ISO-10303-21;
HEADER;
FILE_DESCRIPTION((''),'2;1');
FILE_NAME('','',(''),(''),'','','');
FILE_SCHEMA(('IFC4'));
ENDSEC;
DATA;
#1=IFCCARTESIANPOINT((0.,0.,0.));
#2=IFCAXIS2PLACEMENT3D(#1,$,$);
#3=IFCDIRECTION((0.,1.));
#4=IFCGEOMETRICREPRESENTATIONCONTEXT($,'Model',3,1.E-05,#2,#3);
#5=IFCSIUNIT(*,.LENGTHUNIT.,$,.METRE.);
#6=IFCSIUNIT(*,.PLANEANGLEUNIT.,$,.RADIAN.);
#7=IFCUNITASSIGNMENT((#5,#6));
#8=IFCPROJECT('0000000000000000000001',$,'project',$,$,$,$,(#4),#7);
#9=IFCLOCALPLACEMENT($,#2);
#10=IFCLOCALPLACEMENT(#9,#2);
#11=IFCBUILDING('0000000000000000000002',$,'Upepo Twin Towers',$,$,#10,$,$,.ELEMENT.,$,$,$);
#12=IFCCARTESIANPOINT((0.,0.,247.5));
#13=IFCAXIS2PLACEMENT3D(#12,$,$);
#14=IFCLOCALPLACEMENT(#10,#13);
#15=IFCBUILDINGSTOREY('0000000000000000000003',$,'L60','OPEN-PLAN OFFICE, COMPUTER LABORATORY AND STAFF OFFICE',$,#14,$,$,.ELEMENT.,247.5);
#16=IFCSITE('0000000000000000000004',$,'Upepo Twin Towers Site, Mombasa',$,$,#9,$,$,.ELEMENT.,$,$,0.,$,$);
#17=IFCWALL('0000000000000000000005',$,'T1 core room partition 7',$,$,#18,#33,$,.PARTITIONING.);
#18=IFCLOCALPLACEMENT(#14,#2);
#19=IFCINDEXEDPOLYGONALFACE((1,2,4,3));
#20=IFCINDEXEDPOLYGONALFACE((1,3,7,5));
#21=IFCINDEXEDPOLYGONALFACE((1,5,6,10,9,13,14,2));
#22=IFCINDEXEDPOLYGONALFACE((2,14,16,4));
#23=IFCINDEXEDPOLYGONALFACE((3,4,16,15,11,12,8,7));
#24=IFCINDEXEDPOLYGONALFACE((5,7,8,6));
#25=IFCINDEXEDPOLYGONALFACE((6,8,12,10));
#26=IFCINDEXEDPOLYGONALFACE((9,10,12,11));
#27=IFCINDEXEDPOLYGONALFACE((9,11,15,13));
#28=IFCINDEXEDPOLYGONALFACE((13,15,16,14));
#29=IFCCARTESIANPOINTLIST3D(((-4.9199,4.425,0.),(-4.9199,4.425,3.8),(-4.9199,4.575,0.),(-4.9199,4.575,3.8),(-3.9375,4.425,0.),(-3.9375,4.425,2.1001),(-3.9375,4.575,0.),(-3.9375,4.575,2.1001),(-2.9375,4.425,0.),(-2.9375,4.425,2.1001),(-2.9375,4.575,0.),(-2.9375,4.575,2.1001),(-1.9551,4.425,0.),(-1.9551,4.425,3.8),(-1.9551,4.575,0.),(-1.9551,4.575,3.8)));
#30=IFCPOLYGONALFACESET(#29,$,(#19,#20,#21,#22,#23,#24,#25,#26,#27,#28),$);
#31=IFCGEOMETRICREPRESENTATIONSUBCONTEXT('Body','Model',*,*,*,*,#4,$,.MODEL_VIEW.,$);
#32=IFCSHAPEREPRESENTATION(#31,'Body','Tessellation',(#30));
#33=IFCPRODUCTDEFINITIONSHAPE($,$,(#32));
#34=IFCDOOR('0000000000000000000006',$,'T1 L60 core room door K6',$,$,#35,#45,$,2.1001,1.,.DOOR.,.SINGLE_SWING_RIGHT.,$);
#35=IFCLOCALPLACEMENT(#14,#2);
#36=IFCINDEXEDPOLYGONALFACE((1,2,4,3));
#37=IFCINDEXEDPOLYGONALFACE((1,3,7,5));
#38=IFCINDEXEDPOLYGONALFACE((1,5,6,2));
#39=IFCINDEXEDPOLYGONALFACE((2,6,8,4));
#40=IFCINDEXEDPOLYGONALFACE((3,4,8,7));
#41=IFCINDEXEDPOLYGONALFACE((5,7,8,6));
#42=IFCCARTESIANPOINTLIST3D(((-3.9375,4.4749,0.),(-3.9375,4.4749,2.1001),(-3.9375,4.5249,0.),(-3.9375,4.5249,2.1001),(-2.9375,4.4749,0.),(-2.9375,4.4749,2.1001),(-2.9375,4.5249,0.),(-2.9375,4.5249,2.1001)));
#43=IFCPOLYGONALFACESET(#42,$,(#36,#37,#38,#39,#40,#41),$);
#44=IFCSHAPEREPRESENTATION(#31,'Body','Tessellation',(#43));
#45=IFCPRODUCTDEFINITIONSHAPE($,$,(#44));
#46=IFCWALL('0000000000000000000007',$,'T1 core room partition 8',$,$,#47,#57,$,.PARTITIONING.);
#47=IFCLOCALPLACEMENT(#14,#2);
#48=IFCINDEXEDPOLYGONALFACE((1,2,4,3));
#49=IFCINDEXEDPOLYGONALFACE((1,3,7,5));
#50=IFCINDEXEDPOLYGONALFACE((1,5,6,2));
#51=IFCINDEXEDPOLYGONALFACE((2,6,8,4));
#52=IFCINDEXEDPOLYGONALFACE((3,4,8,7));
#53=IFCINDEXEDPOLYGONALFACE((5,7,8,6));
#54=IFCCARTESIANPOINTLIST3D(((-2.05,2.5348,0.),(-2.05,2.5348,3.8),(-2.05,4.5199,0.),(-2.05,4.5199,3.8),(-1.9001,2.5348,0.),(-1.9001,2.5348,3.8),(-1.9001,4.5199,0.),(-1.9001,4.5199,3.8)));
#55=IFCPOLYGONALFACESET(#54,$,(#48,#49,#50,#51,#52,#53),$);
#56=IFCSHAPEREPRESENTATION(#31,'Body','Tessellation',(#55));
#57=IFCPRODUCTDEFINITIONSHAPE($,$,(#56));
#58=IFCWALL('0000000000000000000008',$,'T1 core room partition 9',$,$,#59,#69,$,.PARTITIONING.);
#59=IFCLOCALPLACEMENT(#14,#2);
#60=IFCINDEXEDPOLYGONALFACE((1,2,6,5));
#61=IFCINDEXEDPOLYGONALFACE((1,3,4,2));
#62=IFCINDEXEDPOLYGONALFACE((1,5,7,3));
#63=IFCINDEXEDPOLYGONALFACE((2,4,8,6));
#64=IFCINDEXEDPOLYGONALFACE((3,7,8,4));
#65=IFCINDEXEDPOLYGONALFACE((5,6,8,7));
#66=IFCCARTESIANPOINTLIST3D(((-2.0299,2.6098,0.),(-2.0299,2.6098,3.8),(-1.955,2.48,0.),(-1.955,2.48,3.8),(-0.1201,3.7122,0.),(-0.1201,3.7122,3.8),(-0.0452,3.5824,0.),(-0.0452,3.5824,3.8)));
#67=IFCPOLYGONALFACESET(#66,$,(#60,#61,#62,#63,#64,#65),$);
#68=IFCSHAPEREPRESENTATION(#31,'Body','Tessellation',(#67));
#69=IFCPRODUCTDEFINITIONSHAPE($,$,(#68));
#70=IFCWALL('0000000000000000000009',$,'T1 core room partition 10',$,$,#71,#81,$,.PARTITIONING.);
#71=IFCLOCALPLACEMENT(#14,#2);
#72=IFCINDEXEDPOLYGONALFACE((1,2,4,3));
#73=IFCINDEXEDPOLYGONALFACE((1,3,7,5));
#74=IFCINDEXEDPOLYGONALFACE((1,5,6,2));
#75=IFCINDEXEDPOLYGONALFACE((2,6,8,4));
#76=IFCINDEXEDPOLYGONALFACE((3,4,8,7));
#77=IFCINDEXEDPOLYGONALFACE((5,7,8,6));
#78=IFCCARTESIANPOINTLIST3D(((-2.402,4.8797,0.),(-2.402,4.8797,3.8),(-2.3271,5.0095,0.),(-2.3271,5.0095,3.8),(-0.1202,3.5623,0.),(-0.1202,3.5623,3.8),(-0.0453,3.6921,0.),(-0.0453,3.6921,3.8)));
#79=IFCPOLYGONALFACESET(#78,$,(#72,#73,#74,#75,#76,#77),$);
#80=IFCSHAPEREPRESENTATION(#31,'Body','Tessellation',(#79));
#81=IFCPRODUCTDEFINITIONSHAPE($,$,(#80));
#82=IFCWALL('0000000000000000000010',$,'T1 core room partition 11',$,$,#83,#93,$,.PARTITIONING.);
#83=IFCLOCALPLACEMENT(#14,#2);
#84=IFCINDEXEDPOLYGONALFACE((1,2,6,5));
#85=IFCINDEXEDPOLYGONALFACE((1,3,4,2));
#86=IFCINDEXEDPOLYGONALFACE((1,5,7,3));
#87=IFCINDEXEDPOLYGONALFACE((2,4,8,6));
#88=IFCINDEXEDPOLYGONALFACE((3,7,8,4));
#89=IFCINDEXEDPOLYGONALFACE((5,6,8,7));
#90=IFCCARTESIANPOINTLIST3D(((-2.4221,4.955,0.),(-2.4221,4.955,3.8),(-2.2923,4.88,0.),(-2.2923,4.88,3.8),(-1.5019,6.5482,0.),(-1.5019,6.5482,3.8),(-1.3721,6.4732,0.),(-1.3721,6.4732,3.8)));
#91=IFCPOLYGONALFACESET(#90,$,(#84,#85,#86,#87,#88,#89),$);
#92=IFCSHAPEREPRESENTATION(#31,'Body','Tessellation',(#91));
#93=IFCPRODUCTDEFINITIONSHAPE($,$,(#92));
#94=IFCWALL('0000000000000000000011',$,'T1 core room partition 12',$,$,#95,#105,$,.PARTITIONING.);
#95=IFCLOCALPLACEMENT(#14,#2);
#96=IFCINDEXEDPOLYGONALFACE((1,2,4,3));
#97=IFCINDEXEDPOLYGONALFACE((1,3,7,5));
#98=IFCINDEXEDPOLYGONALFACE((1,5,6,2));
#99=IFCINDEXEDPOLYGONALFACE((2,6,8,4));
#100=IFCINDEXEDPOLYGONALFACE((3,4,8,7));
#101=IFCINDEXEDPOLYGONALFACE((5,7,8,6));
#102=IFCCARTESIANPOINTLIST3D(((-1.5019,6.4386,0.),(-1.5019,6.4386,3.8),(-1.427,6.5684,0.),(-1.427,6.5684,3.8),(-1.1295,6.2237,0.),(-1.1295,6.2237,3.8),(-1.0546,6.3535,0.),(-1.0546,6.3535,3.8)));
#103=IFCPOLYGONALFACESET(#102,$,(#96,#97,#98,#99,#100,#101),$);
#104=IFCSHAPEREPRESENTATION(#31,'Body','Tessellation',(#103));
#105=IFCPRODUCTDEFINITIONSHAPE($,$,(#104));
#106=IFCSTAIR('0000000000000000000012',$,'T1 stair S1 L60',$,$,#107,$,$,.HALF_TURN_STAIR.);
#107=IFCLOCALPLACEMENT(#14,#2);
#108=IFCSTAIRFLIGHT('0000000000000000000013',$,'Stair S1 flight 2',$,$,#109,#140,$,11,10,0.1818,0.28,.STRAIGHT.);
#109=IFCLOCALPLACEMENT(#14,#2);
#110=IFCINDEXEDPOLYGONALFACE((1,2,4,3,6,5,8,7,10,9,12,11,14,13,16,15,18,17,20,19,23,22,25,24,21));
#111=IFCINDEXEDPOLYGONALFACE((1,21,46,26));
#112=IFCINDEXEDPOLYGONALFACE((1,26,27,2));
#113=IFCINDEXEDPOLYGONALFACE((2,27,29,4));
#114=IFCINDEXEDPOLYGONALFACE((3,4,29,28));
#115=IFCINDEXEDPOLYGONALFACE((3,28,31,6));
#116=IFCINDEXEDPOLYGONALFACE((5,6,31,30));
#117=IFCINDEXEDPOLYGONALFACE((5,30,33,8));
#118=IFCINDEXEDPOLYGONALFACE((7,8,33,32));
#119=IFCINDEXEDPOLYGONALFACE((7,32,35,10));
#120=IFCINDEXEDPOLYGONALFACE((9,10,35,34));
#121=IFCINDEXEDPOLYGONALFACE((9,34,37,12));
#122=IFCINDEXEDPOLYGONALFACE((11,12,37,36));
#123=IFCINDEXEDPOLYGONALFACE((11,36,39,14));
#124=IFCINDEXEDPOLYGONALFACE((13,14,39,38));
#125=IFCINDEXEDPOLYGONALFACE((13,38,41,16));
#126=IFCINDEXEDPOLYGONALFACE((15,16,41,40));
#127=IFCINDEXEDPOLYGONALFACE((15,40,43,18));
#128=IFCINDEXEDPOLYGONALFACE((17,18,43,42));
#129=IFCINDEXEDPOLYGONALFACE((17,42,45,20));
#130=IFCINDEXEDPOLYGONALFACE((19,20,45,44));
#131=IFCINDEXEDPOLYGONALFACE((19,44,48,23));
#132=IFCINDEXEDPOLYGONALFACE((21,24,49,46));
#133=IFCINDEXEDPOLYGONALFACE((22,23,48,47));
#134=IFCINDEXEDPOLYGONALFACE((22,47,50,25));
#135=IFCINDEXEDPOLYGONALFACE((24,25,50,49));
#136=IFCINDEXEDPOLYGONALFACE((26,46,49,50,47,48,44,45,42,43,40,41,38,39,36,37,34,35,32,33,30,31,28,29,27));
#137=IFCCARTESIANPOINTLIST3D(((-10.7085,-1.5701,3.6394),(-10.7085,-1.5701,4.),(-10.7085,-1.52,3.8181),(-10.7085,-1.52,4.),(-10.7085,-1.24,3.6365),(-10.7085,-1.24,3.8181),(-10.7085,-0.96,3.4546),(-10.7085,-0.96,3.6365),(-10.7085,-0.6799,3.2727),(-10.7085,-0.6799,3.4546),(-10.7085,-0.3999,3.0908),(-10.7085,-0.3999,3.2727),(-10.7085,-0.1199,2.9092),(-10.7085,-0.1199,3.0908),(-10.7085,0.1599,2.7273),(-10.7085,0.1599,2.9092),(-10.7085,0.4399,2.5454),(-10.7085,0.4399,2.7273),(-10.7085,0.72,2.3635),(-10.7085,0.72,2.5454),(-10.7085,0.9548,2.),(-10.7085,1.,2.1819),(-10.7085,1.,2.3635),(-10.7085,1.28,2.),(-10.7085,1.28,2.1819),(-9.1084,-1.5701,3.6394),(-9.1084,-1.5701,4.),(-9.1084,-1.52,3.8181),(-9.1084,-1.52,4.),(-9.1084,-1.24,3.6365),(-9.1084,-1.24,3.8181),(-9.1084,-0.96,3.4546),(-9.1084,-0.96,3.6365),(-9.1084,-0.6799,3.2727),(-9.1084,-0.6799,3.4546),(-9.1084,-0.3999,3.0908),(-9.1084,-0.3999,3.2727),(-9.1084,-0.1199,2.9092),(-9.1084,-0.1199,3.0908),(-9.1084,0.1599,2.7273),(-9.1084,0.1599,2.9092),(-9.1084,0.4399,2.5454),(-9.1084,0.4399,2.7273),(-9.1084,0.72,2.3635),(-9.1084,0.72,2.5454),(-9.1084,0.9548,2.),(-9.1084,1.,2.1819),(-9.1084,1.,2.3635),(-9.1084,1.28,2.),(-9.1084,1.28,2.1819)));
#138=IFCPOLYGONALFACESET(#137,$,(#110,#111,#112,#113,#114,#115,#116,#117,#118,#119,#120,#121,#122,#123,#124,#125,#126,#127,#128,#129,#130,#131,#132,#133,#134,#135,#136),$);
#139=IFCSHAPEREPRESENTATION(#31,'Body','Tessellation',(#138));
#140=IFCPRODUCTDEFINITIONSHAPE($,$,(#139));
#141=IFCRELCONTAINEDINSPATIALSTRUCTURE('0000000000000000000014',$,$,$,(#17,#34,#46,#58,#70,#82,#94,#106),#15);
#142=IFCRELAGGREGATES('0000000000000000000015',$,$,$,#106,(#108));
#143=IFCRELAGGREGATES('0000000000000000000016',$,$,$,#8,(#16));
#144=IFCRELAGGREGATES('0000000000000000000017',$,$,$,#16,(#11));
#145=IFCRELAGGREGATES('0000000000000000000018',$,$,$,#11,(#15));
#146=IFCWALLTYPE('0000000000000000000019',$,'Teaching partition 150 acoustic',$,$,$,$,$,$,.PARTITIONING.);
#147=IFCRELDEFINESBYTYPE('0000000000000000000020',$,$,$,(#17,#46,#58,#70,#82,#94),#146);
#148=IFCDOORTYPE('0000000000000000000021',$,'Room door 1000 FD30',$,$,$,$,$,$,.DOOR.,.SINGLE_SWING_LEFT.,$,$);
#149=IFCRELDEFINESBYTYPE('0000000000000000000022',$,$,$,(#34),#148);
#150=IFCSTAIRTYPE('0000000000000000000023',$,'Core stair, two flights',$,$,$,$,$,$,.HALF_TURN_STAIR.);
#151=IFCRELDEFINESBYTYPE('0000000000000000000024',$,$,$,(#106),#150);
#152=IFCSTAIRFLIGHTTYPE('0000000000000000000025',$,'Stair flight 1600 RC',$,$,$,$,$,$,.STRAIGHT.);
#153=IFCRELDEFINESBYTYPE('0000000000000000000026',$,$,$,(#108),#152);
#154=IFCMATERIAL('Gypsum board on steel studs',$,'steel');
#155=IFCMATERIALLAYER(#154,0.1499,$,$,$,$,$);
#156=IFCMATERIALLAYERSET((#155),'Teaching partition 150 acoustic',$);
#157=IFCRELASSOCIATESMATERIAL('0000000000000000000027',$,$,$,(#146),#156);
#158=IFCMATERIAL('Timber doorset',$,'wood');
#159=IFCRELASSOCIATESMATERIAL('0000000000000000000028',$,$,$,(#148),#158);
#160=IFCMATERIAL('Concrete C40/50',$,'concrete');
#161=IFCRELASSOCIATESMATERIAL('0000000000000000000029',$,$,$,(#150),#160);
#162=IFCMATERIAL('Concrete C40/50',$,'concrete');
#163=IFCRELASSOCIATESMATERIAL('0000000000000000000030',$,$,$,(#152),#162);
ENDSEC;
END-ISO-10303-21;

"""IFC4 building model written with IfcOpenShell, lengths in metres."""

from ifc_helpers import new_model, si_unit, direction, frame, frame_2d, origin, place, context, subcontext, project, spatial, polyline, rectangle, outline, extrude, material, layer, layer_set, type_object, element, fill, aggregate, save


model = new_model("IFC4")

# Units and contexts
model_context = context("Model", 3, precision=1e-05, world=origin(), true_north=direction((0.0, 1.0)))
body_context = subcontext(model_context, "Body", "Model", "MODEL_VIEW")
ifc_project = project(units=[si_unit("LENGTHUNIT", "METRE"), si_unit("PLANEANGLEUNIT", "RADIAN")], contexts=[model_context])

# Site, building, storey
site_placement = place(None, origin())
site = spatial("IfcSite", under=ifc_project, at=site_placement, Name="Upepo Twin Towers Site, Mombasa", CompositionType="ELEMENT", RefElevation=0.0)
building_placement = place(site_placement, origin())
building = spatial("IfcBuilding", under=site, at=building_placement, Name="Upepo Twin Towers", CompositionType="ELEMENT")
storey_placement = place(building_placement, frame((0.0, 0.0, 247.5)))
storey = spatial("IfcBuildingStorey", under=building, at=storey_placement, Name="L60", Description="OPEN-PLAN OFFICE, COMPUTER LABORATORY AND STAFF OFFICE", CompositionType="ELEMENT", Elevation=247.5)

# Shared definitions
ifc_material_1 = material(Name="Gypsum board on steel studs", Category="steel")
ifc_layer_1 = layer(ifc_material_1, 0.1499)
ifc_layer_set_1 = layer_set([ifc_layer_1], Name="Teaching partition 150 acoustic")
wall_type_1 = type_object("IfcWallType", Name="Teaching partition 150 acoustic", PredefinedType="PARTITIONING", material=ifc_layer_set_1)

# Wall, opening, door
wall_1_placement = place(storey_placement, frame((-4.9199, 4.5, 0.0), z_axis=(0.0, 0.0, 1.0), x_axis=(1.0, 0.0, 0.0)))
wall_1 = element("IfcWall", 1, at=wall_1_placement, inside=storey, type_object=wall_type_1, Name="T1 core room partition 7", PredefinedType="PARTITIONING", context=body_context, shape_type="SweptSolid", body=[
    extrude(rectangle(XDim=2.9648, YDim=0.1499, at=frame_2d((1.4824, 0.0))), origin(), (0.0, 0.0, 1.0), 3.8),
])
opening_1_placement = place(wall_1_placement, frame((0.9824, 0.0, 0.0)))
opening_1 = element("IfcOpeningElement", 2, at=opening_1_placement, cuts=wall_1, PredefinedType="OPENING", context=body_context, shape_type="SweptSolid", body=[
    extrude(rectangle(XDim=1.0, YDim=2.1001, at=frame_2d((0.5, 1.05))), frame((0.0, 0.085, 0.0), z_axis=(0.0, -1.0, 0.0), x_axis=(1.0, 0.0, 0.0)), (0.0, 0.0, 1.0), 0.1699),
])
ifc_material_2 = material(Name="Timber doorset", Category="wood")
door_type_1 = type_object("IfcDoorType", Name="Room door 1000 FD30", OperationType="SINGLE_SWING_LEFT", PredefinedType="DOOR", material=ifc_material_2)
door_1_placement = place(opening_1_placement, origin())
door_1 = element("IfcDoor", 3, at=door_1_placement, inside=storey, type_object=door_type_1, Name="T1 L60 core room door K6", OperationType="SINGLE_SWING_RIGHT", OverallHeight=2.1001, OverallWidth=1.0, PredefinedType="DOOR", context=body_context, shape_type="SweptSolid", body=[
    extrude(rectangle(XDim=1.0, YDim=2.1001, at=frame_2d((0.5, 1.05))), frame((0.0, 0.0249, 0.0), z_axis=(0.0, -1.0, 0.0), x_axis=(1.0, 0.0, 0.0)), (0.0, 0.0, 1.0), 0.05),
])
fill(opening_1, door_1)

# Walls
wall_2_placement = place(storey_placement, frame((-1.9751, 4.52, 0.0), z_axis=(0.0, 0.0, 1.0), x_axis=(0.0, -1.0, 0.0)))
element("IfcWall", 4, at=wall_2_placement, inside=storey, type_object=wall_type_1, Name="T1 core room partition 8", PredefinedType="PARTITIONING", context=body_context, shape_type="SweptSolid", body=[
    extrude(rectangle(XDim=1.9851, YDim=0.1499, at=frame_2d((0.9927, 0.0))), origin(), (0.0, 0.0, 1.0), 3.8),
])
wall_3_placement = place(storey_placement, frame((-1.9924, 2.5449, 0.0), z_axis=(0.0, 0.0, 1.0), x_axis=(0.866075, 0.499914, 0.0)))
element("IfcWall", 5, at=wall_3_placement, inside=storey, type_object=wall_type_1, Name="T1 core room partition 9", PredefinedType="PARTITIONING", context=body_context, shape_type="SweptSolid", body=[
    extrude(rectangle(XDim=2.2051, YDim=0.1499, at=frame_2d((1.1025, 0.0))), origin(), (0.0, 0.0, 1.0), 3.8),
])
wall_4_placement = place(storey_placement, frame((-0.0828, 3.6272, 0.0), z_axis=(0.0, 0.0, 1.0), x_axis=(-0.866022, 0.500006, 0.0)))
element("IfcWall", 6, at=wall_4_placement, inside=storey, type_object=wall_type_1, Name="T1 core room partition 10", PredefinedType="PARTITIONING", context=body_context, shape_type="SweptSolid", body=[
    extrude(rectangle(XDim=2.6348, YDim=0.1499, at=frame_2d((1.3174, 0.0))), origin(), (0.0, 0.0, 1.0), 3.8),
])
wall_5_placement = place(storey_placement, frame((-2.3572, 4.9175, 0.0), z_axis=(0.0, 0.0, 1.0), x_axis=(0.500121, 0.865956, 0.0)))
element("IfcWall", 7, at=wall_5_placement, inside=storey, type_object=wall_type_1, Name="T1 core room partition 11", PredefinedType="PARTITIONING", context=body_context, shape_type="SweptSolid", body=[
    extrude(rectangle(XDim=1.8398, YDim=0.1499, at=frame_2d((0.9199, 0.0))), origin(), (0.0, 0.0, 1.0), 3.8),
])
wall_6_placement = place(storey_placement, frame((-1.4644, 6.5034, 0.0), z_axis=(0.0, 0.0, 1.0), x_axis=(0.866138, -0.499804, 0.0)))
element("IfcWall", 8, at=wall_6_placement, inside=storey, type_object=wall_type_1, Name="T1 core room partition 12", PredefinedType="PARTITIONING", context=body_context, shape_type="SweptSolid", body=[
    extrude(rectangle(XDim=0.4299, YDim=0.1499, at=frame_2d((0.2148, 0.0))), origin(), (0.0, 0.0, 1.0), 3.8),
])

# Stair, stair flight
ifc_material_3 = material(Name="Concrete C40/50", Category="concrete")
stair_type = type_object("IfcStairType", Name="Core stair, two flights", PredefinedType="HALF_TURN_STAIR", material=ifc_material_3)
stair_placement = place(storey_placement, origin())
stair = element("IfcStair", 9, at=stair_placement, inside=storey, type_object=stair_type, Name="T1 stair S1 L60", PredefinedType="HALF_TURN_STAIR")
ifc_material_4 = material(Name="Concrete C40/50", Category="concrete")
stair_flight_type = type_object("IfcStairFlightType", Name="Stair flight 1600 RC", PredefinedType="STRAIGHT", material=ifc_material_4)
stair_flight_placement = place(storey_placement, frame((-9.9084, 1.28, 2.0), z_axis=(0.0, 0.0, 1.0), x_axis=(0.0, -1.0, 0.0)))
stair_flight = element("IfcStairFlight", 10, at=stair_flight_placement, type_object=stair_flight_type, Name="Stair S1 flight 2", NumberOfRisers=11, NumberOfTreads=10, PredefinedType="STRAIGHT", RiserHeight=0.1818, TreadLength=0.28, context=body_context, shape_type="SweptSolid", body=[
    extrude(outline(polyline([(0.0, 0.0), (0.0, 0.1819), (0.28, 0.1819), (0.28, 0.3635), (0.5601, 0.3635), (0.5601, 0.5454), (0.8401, 0.5454), (0.8401, 0.7273), (1.1201, 0.7273), (1.1201, 0.9092), (1.3999, 0.9092), (1.3999, 1.0908), (1.6799, 1.0908), (1.6799, 1.2727), (1.96, 1.2727), (1.96, 1.4546), (2.24, 1.4546), (2.24, 1.6365), (2.52, 1.6365), (2.52, 1.8181), (2.8, 1.8181), (2.8, 2.0), (2.8501, 2.0), (2.8501, 1.6394), (0.3252, 0.0), (0.0, 0.0)])), frame((0.0, 0.8, 0.0), z_axis=(0.0, -1.0, 0.0), x_axis=(1.0, 0.0, 0.0)), (0.0, 0.0, 1.0), 1.6001),
])
aggregate(stair, [stair_flight])

save(model, "model.ifc")
